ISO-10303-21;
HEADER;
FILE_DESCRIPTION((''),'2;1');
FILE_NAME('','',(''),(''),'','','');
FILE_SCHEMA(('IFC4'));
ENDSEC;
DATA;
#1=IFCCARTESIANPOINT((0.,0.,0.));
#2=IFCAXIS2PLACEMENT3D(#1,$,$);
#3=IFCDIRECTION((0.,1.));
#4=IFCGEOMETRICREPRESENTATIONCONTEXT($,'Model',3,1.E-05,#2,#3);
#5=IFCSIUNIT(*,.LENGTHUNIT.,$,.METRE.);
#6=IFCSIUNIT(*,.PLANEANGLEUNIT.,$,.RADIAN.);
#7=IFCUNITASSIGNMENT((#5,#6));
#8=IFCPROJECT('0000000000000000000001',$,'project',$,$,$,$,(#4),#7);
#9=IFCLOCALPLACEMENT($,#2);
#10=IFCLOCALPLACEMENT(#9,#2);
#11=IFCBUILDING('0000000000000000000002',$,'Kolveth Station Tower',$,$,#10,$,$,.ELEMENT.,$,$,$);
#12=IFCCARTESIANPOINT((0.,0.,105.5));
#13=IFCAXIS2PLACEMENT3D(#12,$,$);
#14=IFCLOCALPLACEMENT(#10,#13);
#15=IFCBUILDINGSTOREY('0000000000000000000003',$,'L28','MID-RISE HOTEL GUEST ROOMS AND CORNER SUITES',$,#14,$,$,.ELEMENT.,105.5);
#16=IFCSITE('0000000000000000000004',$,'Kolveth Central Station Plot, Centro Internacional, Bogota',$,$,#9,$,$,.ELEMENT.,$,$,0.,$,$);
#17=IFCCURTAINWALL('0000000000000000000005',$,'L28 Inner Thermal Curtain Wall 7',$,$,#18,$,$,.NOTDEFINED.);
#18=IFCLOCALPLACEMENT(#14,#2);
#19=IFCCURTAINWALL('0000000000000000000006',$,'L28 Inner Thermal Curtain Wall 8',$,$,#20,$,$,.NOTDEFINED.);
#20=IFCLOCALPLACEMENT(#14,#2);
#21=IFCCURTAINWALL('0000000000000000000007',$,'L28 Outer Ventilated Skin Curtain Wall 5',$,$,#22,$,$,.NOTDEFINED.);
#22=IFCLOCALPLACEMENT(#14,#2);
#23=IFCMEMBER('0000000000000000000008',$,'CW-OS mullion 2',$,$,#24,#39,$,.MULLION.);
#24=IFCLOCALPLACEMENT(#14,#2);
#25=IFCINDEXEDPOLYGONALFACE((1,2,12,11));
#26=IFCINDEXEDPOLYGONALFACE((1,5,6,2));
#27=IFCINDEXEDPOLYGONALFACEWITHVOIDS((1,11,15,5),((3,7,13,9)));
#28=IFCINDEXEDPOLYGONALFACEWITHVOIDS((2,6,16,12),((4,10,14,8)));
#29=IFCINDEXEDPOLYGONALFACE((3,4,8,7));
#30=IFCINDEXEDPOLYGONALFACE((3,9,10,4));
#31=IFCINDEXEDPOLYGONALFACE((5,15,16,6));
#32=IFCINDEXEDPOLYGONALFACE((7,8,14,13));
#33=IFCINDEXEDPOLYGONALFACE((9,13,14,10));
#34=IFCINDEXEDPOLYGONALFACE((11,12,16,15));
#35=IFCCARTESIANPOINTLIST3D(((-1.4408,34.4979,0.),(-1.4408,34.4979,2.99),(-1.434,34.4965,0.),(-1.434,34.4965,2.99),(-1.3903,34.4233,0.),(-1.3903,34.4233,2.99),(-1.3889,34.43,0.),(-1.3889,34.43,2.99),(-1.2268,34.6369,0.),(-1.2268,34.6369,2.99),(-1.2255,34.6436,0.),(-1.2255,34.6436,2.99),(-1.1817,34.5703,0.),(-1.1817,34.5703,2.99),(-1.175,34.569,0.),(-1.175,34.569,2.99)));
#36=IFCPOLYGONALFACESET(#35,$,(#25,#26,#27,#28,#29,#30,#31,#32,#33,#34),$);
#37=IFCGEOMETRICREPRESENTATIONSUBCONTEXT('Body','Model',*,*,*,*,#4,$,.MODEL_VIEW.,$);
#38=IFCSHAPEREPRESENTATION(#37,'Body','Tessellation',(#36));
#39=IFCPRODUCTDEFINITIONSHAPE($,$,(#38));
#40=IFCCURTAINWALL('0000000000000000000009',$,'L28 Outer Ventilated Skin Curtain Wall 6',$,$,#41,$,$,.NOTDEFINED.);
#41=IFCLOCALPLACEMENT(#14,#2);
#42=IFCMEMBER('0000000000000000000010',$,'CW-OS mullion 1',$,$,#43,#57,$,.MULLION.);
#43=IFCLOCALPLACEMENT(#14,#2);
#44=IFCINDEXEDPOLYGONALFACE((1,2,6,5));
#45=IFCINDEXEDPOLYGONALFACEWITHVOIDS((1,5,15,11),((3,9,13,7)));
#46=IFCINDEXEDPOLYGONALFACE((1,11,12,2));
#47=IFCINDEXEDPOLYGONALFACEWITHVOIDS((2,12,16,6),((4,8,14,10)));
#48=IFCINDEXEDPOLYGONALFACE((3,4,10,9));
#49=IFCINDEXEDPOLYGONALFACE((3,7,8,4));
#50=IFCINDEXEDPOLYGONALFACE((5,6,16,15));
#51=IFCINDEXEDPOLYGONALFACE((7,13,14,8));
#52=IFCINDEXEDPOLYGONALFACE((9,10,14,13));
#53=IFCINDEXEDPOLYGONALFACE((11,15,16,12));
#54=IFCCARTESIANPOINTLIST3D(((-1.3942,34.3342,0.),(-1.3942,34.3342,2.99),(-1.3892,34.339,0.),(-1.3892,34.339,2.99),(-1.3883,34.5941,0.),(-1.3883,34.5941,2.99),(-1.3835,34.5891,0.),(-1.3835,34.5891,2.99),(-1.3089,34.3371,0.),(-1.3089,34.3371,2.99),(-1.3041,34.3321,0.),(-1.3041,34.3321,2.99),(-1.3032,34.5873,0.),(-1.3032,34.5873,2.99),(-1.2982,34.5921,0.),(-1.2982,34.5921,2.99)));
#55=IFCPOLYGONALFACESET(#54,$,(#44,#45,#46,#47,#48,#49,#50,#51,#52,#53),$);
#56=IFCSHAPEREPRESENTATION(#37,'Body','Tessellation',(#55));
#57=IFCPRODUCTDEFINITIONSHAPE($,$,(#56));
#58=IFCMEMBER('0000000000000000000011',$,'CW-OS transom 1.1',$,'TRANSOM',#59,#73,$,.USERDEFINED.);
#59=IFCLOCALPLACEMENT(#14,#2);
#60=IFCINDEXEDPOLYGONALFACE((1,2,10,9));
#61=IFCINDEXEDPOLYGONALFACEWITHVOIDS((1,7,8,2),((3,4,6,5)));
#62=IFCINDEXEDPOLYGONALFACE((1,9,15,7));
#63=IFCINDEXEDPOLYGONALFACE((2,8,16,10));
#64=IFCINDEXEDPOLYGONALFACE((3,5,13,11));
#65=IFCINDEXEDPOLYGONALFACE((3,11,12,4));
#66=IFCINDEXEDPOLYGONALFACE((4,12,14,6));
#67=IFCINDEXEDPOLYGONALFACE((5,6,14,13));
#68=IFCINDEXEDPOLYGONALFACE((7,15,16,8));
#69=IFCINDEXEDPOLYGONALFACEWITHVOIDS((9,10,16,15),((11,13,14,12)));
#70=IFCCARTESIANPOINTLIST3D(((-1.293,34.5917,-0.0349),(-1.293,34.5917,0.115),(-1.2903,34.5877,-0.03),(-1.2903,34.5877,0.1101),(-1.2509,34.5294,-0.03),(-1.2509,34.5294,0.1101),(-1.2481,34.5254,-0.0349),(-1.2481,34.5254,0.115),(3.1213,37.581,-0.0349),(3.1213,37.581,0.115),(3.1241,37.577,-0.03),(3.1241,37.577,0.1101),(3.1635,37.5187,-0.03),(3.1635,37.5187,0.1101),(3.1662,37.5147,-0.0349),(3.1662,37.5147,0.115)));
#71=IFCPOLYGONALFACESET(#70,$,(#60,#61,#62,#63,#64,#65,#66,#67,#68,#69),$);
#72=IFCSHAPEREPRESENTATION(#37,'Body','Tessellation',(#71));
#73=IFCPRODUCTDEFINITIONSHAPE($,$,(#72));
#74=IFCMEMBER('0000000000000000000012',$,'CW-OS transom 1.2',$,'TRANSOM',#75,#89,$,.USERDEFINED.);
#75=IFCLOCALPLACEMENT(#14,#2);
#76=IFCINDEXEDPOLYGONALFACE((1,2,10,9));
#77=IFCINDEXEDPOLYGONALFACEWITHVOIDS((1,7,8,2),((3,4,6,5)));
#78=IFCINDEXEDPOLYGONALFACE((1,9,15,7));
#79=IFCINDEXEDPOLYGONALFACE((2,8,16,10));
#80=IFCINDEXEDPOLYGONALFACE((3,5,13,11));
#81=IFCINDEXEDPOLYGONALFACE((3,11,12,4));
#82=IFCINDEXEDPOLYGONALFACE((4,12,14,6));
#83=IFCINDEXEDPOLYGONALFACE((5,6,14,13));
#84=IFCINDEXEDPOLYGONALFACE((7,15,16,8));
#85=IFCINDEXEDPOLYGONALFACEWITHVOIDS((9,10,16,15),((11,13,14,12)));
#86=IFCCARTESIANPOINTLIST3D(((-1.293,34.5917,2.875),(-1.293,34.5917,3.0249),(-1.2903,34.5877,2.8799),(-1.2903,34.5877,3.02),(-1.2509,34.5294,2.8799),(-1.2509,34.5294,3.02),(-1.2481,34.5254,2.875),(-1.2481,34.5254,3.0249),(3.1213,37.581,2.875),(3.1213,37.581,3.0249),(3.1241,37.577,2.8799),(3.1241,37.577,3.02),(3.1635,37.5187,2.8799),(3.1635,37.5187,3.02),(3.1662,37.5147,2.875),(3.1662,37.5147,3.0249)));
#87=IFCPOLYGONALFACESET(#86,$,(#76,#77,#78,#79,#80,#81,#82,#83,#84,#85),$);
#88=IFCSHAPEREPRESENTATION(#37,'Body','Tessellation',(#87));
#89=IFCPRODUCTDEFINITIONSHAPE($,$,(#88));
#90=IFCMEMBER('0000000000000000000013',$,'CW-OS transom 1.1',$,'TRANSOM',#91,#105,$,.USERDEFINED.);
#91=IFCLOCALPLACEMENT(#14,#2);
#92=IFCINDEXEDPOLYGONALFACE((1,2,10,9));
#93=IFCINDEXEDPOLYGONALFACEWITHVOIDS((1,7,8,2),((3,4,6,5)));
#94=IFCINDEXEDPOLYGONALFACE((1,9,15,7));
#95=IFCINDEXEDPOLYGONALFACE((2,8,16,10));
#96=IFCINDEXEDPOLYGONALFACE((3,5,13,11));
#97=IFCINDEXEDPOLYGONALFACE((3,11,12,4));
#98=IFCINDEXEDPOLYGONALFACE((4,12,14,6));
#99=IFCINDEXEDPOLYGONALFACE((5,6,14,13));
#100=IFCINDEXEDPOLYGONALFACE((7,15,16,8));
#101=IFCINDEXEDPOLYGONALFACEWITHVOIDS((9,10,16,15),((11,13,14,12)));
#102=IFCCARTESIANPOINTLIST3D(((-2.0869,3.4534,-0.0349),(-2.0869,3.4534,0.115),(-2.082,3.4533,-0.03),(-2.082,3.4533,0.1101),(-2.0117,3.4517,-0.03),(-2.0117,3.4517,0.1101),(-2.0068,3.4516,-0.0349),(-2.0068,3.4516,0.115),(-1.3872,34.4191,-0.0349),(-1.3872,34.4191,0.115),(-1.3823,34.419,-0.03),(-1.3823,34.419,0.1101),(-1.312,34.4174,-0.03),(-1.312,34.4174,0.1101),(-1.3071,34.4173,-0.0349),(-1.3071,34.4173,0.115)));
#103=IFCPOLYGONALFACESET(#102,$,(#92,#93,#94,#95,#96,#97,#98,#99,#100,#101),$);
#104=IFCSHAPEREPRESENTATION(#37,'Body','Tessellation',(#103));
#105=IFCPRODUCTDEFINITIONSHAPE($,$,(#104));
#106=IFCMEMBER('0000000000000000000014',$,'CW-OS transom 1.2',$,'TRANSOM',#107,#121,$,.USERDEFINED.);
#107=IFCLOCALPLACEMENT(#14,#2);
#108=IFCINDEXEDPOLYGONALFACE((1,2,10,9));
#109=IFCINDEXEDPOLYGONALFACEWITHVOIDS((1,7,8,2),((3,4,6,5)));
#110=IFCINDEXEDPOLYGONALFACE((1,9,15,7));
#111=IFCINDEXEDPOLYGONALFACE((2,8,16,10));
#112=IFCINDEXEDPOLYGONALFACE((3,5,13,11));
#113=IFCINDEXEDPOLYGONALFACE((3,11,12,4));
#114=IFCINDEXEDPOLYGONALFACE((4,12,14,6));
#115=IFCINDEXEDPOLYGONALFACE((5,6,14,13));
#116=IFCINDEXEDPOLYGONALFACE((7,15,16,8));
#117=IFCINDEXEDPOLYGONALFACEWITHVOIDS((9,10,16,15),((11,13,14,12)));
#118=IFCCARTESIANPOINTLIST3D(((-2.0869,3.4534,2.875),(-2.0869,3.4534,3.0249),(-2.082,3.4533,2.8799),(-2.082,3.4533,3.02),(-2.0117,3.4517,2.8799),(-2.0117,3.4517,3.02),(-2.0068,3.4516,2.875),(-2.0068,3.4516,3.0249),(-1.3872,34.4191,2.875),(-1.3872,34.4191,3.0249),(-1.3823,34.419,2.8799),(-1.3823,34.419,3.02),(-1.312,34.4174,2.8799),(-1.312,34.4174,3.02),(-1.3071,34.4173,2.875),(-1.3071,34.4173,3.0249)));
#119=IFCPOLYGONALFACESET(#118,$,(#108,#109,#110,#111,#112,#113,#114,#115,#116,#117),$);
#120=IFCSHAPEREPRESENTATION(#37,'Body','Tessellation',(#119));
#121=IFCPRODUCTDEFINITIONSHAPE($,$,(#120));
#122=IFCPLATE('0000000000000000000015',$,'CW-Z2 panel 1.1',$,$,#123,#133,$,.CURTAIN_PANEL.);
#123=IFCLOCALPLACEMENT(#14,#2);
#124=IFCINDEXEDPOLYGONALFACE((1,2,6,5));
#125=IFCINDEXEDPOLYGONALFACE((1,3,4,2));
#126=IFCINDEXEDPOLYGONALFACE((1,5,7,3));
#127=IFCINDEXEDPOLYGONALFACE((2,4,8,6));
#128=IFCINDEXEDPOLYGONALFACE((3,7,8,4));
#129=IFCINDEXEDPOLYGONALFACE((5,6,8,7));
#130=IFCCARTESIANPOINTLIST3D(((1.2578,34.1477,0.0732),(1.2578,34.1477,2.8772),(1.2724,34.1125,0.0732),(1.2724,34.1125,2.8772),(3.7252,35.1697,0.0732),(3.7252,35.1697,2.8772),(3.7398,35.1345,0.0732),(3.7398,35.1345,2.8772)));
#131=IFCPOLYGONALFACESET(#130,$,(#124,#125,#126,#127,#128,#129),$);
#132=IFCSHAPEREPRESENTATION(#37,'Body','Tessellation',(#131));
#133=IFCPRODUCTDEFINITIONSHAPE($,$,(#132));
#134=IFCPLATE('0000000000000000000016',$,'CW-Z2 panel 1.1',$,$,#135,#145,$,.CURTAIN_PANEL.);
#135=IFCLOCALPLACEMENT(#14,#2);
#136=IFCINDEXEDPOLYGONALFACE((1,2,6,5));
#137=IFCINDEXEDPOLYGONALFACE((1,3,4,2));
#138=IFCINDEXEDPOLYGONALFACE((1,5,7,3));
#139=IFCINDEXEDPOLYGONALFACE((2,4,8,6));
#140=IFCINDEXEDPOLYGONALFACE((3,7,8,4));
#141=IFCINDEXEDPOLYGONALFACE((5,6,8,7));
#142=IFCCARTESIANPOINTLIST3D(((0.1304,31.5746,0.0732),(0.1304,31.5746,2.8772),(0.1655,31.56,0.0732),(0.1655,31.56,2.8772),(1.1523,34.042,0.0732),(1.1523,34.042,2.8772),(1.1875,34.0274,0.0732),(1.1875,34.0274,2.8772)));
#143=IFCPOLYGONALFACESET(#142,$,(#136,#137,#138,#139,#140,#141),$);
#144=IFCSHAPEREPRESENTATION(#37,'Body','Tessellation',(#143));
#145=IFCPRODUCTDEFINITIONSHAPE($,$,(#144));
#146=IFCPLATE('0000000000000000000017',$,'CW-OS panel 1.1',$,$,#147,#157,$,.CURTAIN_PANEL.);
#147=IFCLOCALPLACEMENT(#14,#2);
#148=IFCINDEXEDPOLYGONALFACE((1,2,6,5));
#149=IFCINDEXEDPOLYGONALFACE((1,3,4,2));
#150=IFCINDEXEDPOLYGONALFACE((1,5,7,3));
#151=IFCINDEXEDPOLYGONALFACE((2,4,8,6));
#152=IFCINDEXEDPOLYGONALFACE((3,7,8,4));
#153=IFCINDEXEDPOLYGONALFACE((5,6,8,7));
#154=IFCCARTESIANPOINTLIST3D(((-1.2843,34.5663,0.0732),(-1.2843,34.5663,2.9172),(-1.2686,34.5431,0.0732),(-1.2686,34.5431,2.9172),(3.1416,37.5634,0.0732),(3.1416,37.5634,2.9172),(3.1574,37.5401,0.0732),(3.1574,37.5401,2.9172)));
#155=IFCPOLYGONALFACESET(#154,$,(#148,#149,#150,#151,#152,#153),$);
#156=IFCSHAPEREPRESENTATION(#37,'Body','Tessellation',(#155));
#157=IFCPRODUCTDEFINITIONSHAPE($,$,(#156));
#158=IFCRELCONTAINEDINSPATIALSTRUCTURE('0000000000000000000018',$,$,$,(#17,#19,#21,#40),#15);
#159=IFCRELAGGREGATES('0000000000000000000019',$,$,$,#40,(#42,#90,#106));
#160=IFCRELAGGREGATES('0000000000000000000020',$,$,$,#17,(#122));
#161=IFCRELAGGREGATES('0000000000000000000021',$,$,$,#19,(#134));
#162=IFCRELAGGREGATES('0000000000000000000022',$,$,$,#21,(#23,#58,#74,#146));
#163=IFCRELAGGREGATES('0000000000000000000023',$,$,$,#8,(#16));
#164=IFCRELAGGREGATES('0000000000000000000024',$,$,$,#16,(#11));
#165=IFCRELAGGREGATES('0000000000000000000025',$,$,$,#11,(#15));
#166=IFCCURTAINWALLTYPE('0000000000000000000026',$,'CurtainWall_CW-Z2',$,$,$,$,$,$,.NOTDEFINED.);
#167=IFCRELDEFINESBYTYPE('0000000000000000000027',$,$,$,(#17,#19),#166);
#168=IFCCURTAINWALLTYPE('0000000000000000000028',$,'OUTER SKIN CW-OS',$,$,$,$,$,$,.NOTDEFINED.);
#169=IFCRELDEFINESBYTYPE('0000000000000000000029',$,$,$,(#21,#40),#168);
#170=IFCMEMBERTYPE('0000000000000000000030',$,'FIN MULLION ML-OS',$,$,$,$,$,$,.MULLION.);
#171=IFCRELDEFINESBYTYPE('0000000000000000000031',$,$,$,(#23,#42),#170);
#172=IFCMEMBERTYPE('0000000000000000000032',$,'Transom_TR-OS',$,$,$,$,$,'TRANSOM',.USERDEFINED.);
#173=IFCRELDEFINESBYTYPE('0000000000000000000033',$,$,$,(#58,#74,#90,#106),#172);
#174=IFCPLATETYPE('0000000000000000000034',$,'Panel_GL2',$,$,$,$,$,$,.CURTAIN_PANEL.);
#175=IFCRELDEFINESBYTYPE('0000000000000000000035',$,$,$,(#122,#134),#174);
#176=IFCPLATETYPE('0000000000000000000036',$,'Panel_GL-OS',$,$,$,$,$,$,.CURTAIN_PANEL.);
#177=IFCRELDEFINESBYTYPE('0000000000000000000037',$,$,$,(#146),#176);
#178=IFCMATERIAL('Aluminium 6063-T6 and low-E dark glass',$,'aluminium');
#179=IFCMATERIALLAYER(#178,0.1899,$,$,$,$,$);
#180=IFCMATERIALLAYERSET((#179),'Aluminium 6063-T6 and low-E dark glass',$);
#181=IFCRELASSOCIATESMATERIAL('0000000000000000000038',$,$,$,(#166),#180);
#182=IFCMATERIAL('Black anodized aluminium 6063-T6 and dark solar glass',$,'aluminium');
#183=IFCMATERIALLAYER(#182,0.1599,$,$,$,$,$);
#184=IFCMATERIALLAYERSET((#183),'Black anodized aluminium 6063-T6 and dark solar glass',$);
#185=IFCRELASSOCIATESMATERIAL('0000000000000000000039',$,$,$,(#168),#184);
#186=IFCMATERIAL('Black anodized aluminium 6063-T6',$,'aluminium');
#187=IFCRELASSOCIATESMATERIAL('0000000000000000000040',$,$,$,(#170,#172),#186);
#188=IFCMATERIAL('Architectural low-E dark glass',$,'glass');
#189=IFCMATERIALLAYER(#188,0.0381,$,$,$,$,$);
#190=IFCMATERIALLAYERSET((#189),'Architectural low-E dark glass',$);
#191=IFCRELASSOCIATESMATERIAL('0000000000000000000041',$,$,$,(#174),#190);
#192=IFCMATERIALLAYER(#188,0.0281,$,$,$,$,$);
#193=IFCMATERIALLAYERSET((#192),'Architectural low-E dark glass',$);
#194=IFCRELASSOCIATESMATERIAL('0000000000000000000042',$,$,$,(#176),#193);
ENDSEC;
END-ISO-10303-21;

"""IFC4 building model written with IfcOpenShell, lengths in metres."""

from ifc_helpers import new_model, si_unit, direction, frame, origin, origin_2d, place, context, subcontext, project, spatial, rectangle, hollow_rectangle, extrude, source, transform, mapped, material, layer, layer_set, material_profile, profile_set, type_object, element, aggregate, save


model = new_model("IFC4")

# Units and contexts
model_context = context("Model", 3, precision=1e-05, world=origin(), true_north=direction((0.0, 1.0)))
body_context = subcontext(model_context, "Body", "Model", "MODEL_VIEW")
ifc_project = project(units=[si_unit("LENGTHUNIT", "METRE"), si_unit("PLANEANGLEUNIT", "RADIAN")], contexts=[model_context])

# Site, building, storey
site_placement = place(None, origin())
site = spatial("IfcSite", under=ifc_project, at=site_placement, Name="Kolveth Central Station Plot, Centro Internacional, Bogota", CompositionType="ELEMENT", RefElevation=0.0)
building_placement = place(site_placement, origin())
building = spatial("IfcBuilding", under=site, at=building_placement, Name="Kolveth Station Tower", CompositionType="ELEMENT")
storey_placement = place(building_placement, frame((0.0, 0.0, 105.5)))
storey = spatial("IfcBuildingStorey", under=building, at=storey_placement, Name="L28", Description="MID-RISE HOTEL GUEST ROOMS AND CORNER SUITES", CompositionType="ELEMENT", Elevation=105.5)

# Shared definitions
ifc_material_1 = material(Name="Aluminium 6063-T6 and low-E dark glass", Category="aluminium")
ifc_layer_1 = layer(ifc_material_1, 0.1899)
ifc_layer_set_1 = layer_set([ifc_layer_1], Name="Aluminium 6063-T6 and low-E dark glass")
curtain_wall_type_1 = type_object("IfcCurtainWallType", Name="CurtainWall_CW-Z2", PredefinedType="NOTDEFINED", material=ifc_layer_set_1)
ifc_material_2 = material(Name="Black anodized aluminium 6063-T6", Category="aluminium")

# Curtain wall
curtain_wall_1_placement = place(storey_placement, origin())
curtain_wall_1 = element("IfcCurtainWall", 1, at=curtain_wall_1_placement, inside=storey, type_object=curtain_wall_type_1, Name="L28 Inner Thermal Curtain Wall 7", PredefinedType="NOTDEFINED")

# Curtain wall
curtain_wall_2_placement = place(storey_placement, origin())
curtain_wall_2 = element("IfcCurtainWall", 2, at=curtain_wall_2_placement, inside=storey, type_object=curtain_wall_type_1, Name="L28 Inner Thermal Curtain Wall 8", PredefinedType="NOTDEFINED")

# Shared definitions
ifc_material_3 = material(Name="Black anodized aluminium 6063-T6 and dark solar glass", Category="aluminium")
ifc_layer_2 = layer(ifc_material_3, 0.1599)
ifc_layer_set_2 = layer_set([ifc_layer_2], Name="Black anodized aluminium 6063-T6 and dark solar glass")
curtain_wall_type_2 = type_object("IfcCurtainWallType", Name="OUTER SKIN CW-OS", PredefinedType="NOTDEFINED", material=ifc_layer_set_2)
ifc_material_profile_1 = material_profile(ifc_material_2, hollow_rectangle(XDim=0.0901, YDim=0.26, WallThickness=0.0049, at=origin_2d()), Name="ALU-90x260x5")
ifc_profile_set_1 = profile_set([ifc_material_profile_1], Name="Black anodized aluminium 6063-T6")
member_type_1 = type_object("IfcMemberType", Name="FIN MULLION ML-OS", PredefinedType="MULLION", material=ifc_profile_set_1)
shared_shape_1 = source(origin(), body_context, "Body", "SweptSolid", [
    extrude(hollow_rectangle(XDim=0.0901, YDim=0.26, WallThickness=0.0049, at=origin_2d()), origin(), (0.0, 0.0, 1.0), 2.99),
])

# Curtain wall, member
curtain_wall_3_placement = place(storey_placement, origin())
curtain_wall_3 = element("IfcCurtainWall", 3, at=curtain_wall_3_placement, inside=storey, type_object=curtain_wall_type_2, Name="L28 Outer Ventilated Skin Curtain Wall 5", PredefinedType="NOTDEFINED")
member_1_placement = place(storey_placement, frame((-1.3079, 34.5334, 0.0), z_axis=(0.0, 0.0, 1.0), x_axis=(0.56069, -0.828025, 0.0)))
member_1 = element("IfcMember", 4, at=member_1_placement, type_object=member_type_1, Name="CW-OS mullion 2", PredefinedType="MULLION", context=body_context, shape_type="MappedRepresentation", body=[
    mapped(shared_shape_1, transform((0.0, 0.0, 0.0), x_axis=(1.0, 0.0, 0.0), y_axis=(0.0, 1.0, 0.0), z_axis=(0.0, 0.0, 1.0), scale=1.0)),
])

# Curtain wall, member
curtain_wall_4_placement = place(storey_placement, origin())
curtain_wall_4 = element("IfcCurtainWall", 5, at=curtain_wall_4_placement, inside=storey, type_object=curtain_wall_type_2, Name="L28 Outer Ventilated Skin Curtain Wall 6", PredefinedType="NOTDEFINED")
member_2_placement = place(storey_placement, frame((-1.3462, 34.4631, 0.0), z_axis=(0.0, 0.0, 1.0), x_axis=(0.999745, -0.022594, 0.0)))
member_2 = element("IfcMember", 6, at=member_2_placement, type_object=member_type_1, Name="CW-OS mullion 1", PredefinedType="MULLION", context=body_context, shape_type="MappedRepresentation", body=[
    mapped(shared_shape_1, transform((0.0, 0.0, 0.0), x_axis=(1.0, 0.0, 0.0), y_axis=(0.0, 1.0, 0.0), z_axis=(0.0, 0.0, 1.0), scale=1.0)),
])

# Members
ifc_material_profile_2 = material_profile(ifc_material_2, hollow_rectangle(XDim=0.0801, YDim=0.1499, WallThickness=0.0049, at=origin_2d()), Name="ALU-80x150x5")
ifc_profile_set_2 = profile_set([ifc_material_profile_2], Name="Black anodized aluminium 6063-T6")
member_type_2 = type_object("IfcMemberType", Name="Transom_TR-OS", ElementType="TRANSOM", PredefinedType="USERDEFINED", material=ifc_profile_set_2)
shared_shape_2 = source(origin(), body_context, "Body", "SweptSolid", [
    extrude(hollow_rectangle(XDim=0.0801, YDim=0.1499, WallThickness=0.0049, at=origin_2d()), origin(), (0.0, 0.0, 1.0), 5.3313),
])
member_3_placement = place(storey_placement, frame((3.1438, 37.5479, 0.04), z_axis=(-0.828013, -0.560709, 0.0), x_axis=(0.560709, -0.828013, 0.0)))
member_3 = element("IfcMember", 7, at=member_3_placement, type_object=member_type_2, Name="CW-OS transom 1.1", ObjectType="TRANSOM", PredefinedType="USERDEFINED", context=body_context, shape_type="MappedRepresentation", body=[
    mapped(shared_shape_2, transform((0.0, 0.0, 0.0), x_axis=(1.0, 0.0, 0.0), y_axis=(0.0, 1.0, 0.0), z_axis=(0.0, 0.0, 1.0), scale=1.0)),
])
member_4_placement = place(storey_placement, frame((3.1438, 37.5479, 2.95), z_axis=(-0.828013, -0.560709, 0.0), x_axis=(0.560709, -0.828013, 0.0)))
member_4 = element("IfcMember", 8, at=member_4_placement, type_object=member_type_2, Name="CW-OS transom 1.2", ObjectType="TRANSOM", PredefinedType="USERDEFINED", context=body_context, shape_type="MappedRepresentation", body=[
    mapped(shared_shape_2, transform((0.0, 0.0, 0.0), x_axis=(1.0, 0.0, 0.0), y_axis=(0.0, 1.0, 0.0), z_axis=(0.0, 0.0, 1.0), scale=1.0)),
])
shared_shape_3 = source(origin(), body_context, "Body", "SweptSolid", [
    extrude(hollow_rectangle(XDim=0.0801, YDim=0.1499, WallThickness=0.0049, at=origin_2d()), origin(), (0.0, 0.0, 1.0), 30.9736),
])
member_5_placement = place(storey_placement, frame((-1.3472, 34.4182, 0.04), z_axis=(-0.02259, -0.999745, 0.0), x_axis=(0.999745, -0.02259, 0.0)))
member_5 = element("IfcMember", 9, at=member_5_placement, type_object=member_type_2, Name="CW-OS transom 1.1", ObjectType="TRANSOM", PredefinedType="USERDEFINED", context=body_context, shape_type="MappedRepresentation", body=[
    mapped(shared_shape_3, transform((0.0, 0.0, 0.0), x_axis=(1.0, 0.0, 0.0), y_axis=(0.0, 1.0, 0.0), z_axis=(0.0, 0.0, 1.0), scale=1.0)),
])
member_6_placement = place(storey_placement, frame((-1.3472, 34.4182, 2.95), z_axis=(-0.02259, -0.999745, 0.0), x_axis=(0.999745, -0.02259, 0.0)))
member_6 = element("IfcMember", 10, at=member_6_placement, type_object=member_type_2, Name="CW-OS transom 1.2", ObjectType="TRANSOM", PredefinedType="USERDEFINED", context=body_context, shape_type="MappedRepresentation", body=[
    mapped(shared_shape_3, transform((0.0, 0.0, 0.0), x_axis=(1.0, 0.0, 0.0), y_axis=(0.0, 1.0, 0.0), z_axis=(0.0, 0.0, 1.0), scale=1.0)),
])
aggregate(curtain_wall_4, [member_2, member_5, member_6])

# Plates
ifc_material_4 = material(Name="Architectural low-E dark glass", Category="glass")
ifc_layer_3 = layer(ifc_material_4, 0.0381)
ifc_layer_set_3 = layer_set([ifc_layer_3], Name="Architectural low-E dark glass")
plate_type_1 = type_object("IfcPlateType", Name="Panel_GL2", PredefinedType="CURTAIN_PANEL", material=ifc_layer_set_3)
shared_shape_4 = source(origin(), body_context, "Body", "SweptSolid", [
    extrude(rectangle(XDim=2.6707, YDim=0.0381, at=origin_2d()), origin(), (0.0, 0.0, 1.0), 2.804),
])
plate_1_placement = place(storey_placement, frame((2.4988, 34.6411, 0.0732), z_axis=(0.0, 0.0, 1.0), x_axis=(-0.923888, -0.382663, 0.0)))
plate_1 = element("IfcPlate", 11, at=plate_1_placement, type_object=plate_type_1, Name="CW-Z2 panel 1.1", PredefinedType="CURTAIN_PANEL", context=body_context, shape_type="MappedRepresentation", body=[
    mapped(shared_shape_4, transform((0.0, 0.0, 0.0), x_axis=(1.0, 0.0, 0.0), y_axis=(0.0, 1.0, 0.0), z_axis=(0.0, 0.0, 1.0), scale=1.0)),
])
aggregate(curtain_wall_1, [plate_1])
plate_2_placement = place(storey_placement, frame((0.6589, 32.801, 0.0732), z_axis=(0.0, 0.0, 1.0), x_axis=(-0.382663, -0.923888, 0.0)))
plate_2 = element("IfcPlate", 12, at=plate_2_placement, type_object=plate_type_1, Name="CW-Z2 panel 1.1", PredefinedType="CURTAIN_PANEL", context=body_context, shape_type="MappedRepresentation", body=[
    mapped(shared_shape_4, transform((0.0, 0.0, 0.0), x_axis=(1.0, 0.0, 0.0), y_axis=(0.0, 1.0, 0.0), z_axis=(0.0, 0.0, 1.0), scale=1.0)),
])
aggregate(curtain_wall_2, [plate_2])
ifc_layer_4 = layer(ifc_material_4, 0.0281)
ifc_layer_set_4 = layer_set([ifc_layer_4], Name="Architectural low-E dark glass")
plate_type_2 = type_object("IfcPlateType", Name="Panel_GL-OS", PredefinedType="CURTAIN_PANEL", material=ifc_layer_set_4)
shared_shape_5 = source(origin(), body_context, "Body", "SweptSolid", [
    extrude(rectangle(XDim=5.3452, YDim=0.0281, at=origin_2d()), origin(), (0.0, 0.0, 1.0), 2.844),
])
plate_3_placement = place(storey_placement, frame((0.9365, 36.0532, 0.0732), z_axis=(0.0, 0.0, 1.0), x_axis=(-0.828025, -0.56069, 0.0)))
plate_3 = element("IfcPlate", 13, at=plate_3_placement, type_object=plate_type_2, Name="CW-OS panel 1.1", PredefinedType="CURTAIN_PANEL", context=body_context, shape_type="MappedRepresentation", body=[
    mapped(shared_shape_5, transform((0.0, 0.0, 0.0), x_axis=(1.0, 0.0, 0.0), y_axis=(0.0, 1.0, 0.0), z_axis=(0.0, 0.0, 1.0), scale=1.0)),
])
aggregate(curtain_wall_3, [member_1, member_3, member_4, plate_3])

save(model, "model.ifc")
